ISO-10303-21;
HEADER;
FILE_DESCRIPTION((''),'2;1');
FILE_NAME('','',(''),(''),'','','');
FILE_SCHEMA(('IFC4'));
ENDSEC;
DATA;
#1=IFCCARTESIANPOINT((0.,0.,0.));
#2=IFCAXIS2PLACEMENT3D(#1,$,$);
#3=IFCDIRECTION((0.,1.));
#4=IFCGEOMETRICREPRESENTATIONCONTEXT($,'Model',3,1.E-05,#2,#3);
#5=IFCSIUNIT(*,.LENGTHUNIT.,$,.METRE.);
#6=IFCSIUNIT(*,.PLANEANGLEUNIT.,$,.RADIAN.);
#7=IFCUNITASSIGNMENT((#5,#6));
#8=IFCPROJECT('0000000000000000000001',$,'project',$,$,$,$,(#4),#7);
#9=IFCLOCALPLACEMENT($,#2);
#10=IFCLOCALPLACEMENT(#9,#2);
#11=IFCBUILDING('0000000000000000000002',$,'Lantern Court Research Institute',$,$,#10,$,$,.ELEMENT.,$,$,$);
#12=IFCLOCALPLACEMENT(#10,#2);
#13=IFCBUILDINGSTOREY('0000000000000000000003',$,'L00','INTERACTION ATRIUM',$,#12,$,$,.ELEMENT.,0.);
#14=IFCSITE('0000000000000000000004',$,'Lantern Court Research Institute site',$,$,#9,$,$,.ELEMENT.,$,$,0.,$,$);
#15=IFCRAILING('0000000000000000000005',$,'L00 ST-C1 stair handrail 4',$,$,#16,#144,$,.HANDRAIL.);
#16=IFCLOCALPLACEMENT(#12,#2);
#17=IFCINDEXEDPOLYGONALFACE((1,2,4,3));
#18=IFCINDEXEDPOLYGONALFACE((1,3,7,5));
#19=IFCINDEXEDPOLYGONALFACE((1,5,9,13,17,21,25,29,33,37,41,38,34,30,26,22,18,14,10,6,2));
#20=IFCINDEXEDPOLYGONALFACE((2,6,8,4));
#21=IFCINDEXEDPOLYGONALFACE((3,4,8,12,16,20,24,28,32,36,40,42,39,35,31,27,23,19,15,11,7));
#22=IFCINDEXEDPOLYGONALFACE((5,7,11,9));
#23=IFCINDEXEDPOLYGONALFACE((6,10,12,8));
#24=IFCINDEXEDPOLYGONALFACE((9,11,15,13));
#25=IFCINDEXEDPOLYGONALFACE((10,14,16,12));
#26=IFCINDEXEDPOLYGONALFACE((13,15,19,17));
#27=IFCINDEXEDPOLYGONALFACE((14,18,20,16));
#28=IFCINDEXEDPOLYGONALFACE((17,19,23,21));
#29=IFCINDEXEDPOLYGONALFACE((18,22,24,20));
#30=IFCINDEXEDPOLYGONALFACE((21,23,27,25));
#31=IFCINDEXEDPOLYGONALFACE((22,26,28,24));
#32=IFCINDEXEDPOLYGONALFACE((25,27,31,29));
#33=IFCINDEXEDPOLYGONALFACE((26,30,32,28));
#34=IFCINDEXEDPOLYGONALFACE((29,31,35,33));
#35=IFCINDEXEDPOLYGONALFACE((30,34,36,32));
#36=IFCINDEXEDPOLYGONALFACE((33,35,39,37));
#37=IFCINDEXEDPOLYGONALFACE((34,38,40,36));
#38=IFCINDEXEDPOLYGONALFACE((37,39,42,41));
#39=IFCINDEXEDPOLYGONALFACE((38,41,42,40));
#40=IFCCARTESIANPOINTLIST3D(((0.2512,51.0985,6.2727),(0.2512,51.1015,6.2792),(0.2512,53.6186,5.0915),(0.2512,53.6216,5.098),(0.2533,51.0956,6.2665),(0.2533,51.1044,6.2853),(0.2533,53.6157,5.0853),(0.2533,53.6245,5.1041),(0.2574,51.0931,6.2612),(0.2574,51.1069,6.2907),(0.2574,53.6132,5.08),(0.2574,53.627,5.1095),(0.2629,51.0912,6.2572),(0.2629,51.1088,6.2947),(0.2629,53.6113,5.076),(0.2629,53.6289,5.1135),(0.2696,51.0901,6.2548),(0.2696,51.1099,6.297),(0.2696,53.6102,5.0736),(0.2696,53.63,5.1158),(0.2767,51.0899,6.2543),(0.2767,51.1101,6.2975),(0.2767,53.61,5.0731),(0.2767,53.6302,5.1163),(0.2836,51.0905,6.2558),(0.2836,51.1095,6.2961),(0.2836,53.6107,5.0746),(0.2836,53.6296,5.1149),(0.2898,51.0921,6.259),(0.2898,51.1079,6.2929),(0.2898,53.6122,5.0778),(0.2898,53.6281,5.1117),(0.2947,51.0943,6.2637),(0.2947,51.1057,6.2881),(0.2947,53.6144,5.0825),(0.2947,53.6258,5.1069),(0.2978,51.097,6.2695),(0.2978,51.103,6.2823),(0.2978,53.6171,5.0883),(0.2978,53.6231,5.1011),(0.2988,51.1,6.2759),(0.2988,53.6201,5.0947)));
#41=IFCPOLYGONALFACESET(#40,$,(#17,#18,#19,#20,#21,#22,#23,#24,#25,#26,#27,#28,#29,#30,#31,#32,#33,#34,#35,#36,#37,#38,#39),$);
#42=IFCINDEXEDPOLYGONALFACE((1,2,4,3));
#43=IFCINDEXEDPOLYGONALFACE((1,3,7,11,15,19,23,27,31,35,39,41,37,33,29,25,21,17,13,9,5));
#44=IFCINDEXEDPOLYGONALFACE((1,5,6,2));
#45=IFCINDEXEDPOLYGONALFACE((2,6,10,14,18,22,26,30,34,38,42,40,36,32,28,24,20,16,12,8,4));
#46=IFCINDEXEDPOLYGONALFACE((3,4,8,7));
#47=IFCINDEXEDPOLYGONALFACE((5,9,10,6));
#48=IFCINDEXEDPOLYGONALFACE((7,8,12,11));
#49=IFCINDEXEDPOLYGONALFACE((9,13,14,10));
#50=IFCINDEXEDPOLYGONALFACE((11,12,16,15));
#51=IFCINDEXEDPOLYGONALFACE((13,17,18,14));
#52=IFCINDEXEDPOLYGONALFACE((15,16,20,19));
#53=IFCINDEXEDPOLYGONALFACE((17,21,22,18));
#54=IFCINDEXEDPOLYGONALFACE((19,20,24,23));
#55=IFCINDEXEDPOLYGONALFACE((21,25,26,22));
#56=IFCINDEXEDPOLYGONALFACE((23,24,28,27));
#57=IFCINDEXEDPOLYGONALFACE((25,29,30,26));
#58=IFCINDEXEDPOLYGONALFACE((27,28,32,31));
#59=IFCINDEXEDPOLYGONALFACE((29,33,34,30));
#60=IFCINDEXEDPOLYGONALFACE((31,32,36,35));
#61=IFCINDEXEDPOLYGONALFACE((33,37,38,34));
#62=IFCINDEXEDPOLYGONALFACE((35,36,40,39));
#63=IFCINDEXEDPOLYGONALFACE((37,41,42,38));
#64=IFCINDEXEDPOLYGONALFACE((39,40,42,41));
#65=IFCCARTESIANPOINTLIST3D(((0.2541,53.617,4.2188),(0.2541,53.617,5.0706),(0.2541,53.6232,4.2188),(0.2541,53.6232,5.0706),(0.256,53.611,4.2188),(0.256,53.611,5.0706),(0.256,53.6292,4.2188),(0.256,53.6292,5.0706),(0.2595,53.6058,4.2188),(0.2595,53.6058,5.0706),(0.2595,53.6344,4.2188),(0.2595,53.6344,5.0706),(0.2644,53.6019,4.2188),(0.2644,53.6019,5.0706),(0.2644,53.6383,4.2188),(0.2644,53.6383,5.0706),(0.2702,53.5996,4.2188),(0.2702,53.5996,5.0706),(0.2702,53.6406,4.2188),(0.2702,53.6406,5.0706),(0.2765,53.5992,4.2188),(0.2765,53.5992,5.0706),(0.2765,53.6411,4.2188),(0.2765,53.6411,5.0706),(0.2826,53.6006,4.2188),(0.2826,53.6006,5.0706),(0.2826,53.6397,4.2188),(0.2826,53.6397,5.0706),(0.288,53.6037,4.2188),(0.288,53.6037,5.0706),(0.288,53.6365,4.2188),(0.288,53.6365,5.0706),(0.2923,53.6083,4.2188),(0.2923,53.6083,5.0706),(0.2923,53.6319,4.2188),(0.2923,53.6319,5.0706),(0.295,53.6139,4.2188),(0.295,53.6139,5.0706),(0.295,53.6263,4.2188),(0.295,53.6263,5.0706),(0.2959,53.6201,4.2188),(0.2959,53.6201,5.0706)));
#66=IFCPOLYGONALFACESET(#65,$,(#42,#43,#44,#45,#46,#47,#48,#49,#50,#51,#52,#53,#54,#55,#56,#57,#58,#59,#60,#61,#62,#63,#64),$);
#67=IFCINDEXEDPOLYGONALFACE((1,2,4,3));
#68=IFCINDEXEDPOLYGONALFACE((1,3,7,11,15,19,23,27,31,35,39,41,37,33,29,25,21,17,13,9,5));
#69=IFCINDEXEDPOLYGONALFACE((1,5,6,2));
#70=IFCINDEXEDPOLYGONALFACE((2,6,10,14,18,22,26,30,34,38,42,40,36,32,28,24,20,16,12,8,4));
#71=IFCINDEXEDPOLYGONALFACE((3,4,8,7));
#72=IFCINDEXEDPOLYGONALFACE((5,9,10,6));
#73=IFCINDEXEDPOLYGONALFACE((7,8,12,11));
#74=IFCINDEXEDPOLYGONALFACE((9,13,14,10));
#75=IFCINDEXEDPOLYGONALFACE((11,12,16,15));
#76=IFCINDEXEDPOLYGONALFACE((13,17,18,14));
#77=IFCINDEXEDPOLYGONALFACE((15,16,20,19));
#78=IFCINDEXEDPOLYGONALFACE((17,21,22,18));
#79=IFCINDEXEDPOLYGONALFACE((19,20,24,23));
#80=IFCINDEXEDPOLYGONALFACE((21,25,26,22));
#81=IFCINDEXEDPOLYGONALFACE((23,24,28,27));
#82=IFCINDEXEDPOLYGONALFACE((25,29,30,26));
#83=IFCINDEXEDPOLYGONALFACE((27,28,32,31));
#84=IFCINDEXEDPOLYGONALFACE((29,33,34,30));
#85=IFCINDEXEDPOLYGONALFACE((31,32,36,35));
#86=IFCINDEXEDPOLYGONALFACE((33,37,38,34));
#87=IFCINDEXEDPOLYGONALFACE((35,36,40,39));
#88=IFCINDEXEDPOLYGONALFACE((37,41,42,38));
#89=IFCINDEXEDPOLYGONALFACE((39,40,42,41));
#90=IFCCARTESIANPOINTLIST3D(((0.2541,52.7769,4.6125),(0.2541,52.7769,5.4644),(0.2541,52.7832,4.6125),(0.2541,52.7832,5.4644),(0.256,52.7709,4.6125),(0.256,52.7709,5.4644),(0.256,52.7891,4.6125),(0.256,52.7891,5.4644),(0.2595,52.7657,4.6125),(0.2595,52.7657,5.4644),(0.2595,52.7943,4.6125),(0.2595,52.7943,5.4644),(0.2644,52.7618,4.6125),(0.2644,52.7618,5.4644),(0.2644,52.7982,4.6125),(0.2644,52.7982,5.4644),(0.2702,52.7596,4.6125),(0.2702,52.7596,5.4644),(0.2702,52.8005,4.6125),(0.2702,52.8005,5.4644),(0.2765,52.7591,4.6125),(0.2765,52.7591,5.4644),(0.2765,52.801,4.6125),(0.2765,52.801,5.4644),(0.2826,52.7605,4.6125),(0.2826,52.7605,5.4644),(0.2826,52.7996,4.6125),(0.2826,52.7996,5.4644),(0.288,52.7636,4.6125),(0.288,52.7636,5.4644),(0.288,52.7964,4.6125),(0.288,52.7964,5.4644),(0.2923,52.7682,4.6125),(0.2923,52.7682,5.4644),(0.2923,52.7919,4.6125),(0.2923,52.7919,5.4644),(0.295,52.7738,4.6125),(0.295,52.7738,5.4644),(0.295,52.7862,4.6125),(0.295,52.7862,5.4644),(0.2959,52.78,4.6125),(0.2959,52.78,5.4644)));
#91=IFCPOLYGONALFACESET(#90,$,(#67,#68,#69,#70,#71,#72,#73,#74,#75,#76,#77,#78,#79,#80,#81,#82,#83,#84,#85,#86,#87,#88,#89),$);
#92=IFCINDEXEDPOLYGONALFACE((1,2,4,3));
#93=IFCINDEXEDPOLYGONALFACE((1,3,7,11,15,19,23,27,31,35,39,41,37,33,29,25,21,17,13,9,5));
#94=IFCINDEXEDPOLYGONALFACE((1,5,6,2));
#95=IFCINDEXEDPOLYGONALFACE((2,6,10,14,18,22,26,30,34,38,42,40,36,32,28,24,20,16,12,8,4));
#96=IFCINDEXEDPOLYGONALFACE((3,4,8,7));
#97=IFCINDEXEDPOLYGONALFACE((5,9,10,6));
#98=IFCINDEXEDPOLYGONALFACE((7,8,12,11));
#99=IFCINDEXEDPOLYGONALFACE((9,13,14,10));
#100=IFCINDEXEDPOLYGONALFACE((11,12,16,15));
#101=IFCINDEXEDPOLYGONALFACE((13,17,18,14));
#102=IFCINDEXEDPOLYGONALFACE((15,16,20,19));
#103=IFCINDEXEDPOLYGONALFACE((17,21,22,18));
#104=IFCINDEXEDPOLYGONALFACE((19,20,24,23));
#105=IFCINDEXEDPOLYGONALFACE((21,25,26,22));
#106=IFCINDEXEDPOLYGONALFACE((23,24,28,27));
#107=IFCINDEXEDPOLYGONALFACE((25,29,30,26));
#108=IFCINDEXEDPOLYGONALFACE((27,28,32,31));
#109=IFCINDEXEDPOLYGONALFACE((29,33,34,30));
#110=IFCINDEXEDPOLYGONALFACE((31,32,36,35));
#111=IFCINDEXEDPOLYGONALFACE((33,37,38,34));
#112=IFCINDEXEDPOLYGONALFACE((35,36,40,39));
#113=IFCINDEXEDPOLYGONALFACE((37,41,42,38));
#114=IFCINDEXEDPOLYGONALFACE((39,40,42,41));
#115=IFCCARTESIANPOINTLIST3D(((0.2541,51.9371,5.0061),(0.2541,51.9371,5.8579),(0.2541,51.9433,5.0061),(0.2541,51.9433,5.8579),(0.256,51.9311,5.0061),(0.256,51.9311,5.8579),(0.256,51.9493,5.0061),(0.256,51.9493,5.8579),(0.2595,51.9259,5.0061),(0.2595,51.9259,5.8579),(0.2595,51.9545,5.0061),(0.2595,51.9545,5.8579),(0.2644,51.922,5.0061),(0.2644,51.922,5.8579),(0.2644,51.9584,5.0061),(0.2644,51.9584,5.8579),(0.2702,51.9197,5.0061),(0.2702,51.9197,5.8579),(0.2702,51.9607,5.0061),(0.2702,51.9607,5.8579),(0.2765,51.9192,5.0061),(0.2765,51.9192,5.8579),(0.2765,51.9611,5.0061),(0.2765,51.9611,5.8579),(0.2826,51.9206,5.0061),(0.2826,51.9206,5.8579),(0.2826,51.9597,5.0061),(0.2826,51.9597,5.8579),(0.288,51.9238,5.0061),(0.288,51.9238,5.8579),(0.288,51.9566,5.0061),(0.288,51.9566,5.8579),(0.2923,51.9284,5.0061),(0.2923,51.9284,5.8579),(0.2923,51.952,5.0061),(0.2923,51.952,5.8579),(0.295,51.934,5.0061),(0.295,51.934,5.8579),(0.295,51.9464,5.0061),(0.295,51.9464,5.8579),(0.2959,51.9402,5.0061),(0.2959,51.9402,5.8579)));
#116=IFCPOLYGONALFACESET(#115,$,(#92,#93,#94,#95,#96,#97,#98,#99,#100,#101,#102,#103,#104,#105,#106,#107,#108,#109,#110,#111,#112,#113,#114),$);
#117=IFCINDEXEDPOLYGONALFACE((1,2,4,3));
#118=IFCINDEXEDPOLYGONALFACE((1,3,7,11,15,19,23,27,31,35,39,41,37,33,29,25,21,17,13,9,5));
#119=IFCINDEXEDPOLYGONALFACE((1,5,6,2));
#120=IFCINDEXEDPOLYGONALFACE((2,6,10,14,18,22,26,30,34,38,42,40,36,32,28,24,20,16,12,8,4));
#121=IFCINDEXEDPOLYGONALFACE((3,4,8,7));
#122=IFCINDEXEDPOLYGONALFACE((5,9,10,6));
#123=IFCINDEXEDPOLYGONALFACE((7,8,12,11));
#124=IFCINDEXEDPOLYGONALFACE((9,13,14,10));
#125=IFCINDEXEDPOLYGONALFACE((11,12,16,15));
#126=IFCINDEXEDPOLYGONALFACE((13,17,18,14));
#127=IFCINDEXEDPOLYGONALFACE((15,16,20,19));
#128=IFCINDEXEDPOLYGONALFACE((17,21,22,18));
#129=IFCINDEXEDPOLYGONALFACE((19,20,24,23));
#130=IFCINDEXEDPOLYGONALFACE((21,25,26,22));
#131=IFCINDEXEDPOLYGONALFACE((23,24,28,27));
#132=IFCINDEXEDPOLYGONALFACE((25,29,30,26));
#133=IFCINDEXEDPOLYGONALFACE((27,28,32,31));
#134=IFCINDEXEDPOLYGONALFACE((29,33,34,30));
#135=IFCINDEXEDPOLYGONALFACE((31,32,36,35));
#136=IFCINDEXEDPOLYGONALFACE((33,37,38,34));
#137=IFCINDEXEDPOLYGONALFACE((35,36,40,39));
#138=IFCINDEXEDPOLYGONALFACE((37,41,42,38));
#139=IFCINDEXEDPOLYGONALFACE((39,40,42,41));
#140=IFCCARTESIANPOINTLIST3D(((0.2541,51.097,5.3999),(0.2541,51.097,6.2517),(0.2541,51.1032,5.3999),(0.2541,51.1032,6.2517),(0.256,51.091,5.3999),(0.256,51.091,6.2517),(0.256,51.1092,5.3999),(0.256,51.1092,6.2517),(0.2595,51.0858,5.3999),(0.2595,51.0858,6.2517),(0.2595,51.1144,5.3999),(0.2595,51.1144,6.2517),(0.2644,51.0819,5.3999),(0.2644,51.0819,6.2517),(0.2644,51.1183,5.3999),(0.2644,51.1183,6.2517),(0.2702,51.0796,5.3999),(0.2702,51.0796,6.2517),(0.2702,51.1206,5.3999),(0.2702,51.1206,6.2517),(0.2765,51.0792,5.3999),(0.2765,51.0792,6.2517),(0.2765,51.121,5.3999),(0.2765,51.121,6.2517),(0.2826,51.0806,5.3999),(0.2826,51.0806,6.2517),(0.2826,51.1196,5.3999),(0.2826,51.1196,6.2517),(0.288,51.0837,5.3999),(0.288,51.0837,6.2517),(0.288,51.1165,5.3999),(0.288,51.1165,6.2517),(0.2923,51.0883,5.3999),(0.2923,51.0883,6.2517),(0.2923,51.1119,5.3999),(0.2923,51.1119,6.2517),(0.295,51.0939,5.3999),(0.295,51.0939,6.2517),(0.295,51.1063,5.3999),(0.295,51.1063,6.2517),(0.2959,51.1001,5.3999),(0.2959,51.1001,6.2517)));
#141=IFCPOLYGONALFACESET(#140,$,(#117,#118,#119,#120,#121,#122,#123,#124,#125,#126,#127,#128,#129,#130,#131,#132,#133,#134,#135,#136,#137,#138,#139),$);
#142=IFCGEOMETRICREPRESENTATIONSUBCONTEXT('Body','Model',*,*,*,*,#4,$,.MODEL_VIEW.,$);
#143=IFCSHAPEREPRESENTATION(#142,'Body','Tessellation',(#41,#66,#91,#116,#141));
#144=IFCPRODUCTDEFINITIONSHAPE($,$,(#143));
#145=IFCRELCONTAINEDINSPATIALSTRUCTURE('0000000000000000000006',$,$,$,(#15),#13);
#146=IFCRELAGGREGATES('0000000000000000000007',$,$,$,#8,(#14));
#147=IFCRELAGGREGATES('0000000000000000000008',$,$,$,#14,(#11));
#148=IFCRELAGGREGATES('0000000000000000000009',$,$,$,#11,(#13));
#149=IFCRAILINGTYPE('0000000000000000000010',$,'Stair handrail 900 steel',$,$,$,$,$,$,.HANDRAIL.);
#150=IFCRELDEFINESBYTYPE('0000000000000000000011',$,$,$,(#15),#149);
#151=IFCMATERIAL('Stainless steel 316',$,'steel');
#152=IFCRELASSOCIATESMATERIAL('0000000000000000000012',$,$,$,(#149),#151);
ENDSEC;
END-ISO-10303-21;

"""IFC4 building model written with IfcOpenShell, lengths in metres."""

from ifc_helpers import new_model, si_unit, direction, frame, origin, origin_2d, place, context, subcontext, project, spatial, circle, extrude, material, type_object, element, save


model = new_model("IFC4")

# Units and contexts
model_context = context("Model", 3, precision=1e-05, world=origin(), true_north=direction((0.0, 1.0)))
body_context = subcontext(model_context, "Body", "Model", "MODEL_VIEW")
ifc_project = project(units=[si_unit("LENGTHUNIT", "METRE"), si_unit("PLANEANGLEUNIT", "RADIAN")], contexts=[model_context])

# Site, building, storey
site_placement = place(None, origin())
site = spatial("IfcSite", under=ifc_project, at=site_placement, Name="Lantern Court Research Institute site", CompositionType="ELEMENT", RefElevation=0.0)
building_placement = place(site_placement, origin())
building = spatial("IfcBuilding", under=site, at=building_placement, Name="Lantern Court Research Institute", CompositionType="ELEMENT")
storey_placement = place(building_placement, origin())
storey = spatial("IfcBuildingStorey", under=building, at=storey_placement, Name="L00", Description="INTERACTION ATRIUM", CompositionType="ELEMENT", Elevation=0.0)

# Railing
ifc_material_1 = material(Name="Stainless steel 316", Category="steel")
railing_type_1 = type_object("IfcRailingType", Name="Stair handrail 900 steel", PredefinedType="HANDRAIL", material=ifc_material_1)
for number, where, name in (
    (1, (0.2749, 53.6201, 4.2188), "L00 ST-C1 stair handrail 4"),
):
    element("IfcRailing", number, at=place(storey_placement, frame(where)), inside=storey, type_object=railing_type_1, Name=name, PredefinedType="HANDRAIL", context=body_context, shape_type="SweptSolid", body=[
        extrude(circle(Radius=0.0239, at=origin_2d()), frame((0.0, 0.0, 0.876), z_axis=(0.0, -0.905474, 0.424402), x_axis=(1.0, 0.0, 0.0)), (0.0, 0.0, 1.0), 2.7832),
        extrude(circle(Radius=0.021, at=origin_2d()), origin(), (0.0, 0.0, 1.0), 0.8518),
        extrude(circle(Radius=0.021, at=origin_2d()), frame((0.0, -0.8401, 0.3938)), (0.0, 0.0, 1.0), 0.8518),
        extrude(circle(Radius=0.021, at=origin_2d()), frame((0.0, -1.6799, 0.7874)), (0.0, 0.0, 1.0), 0.8518),
        extrude(circle(Radius=0.021, at=origin_2d()), frame((0.0, -2.52, 1.1812)), (0.0, 0.0, 1.0), 0.8518),
    ])

save(model, "model.ifc")
